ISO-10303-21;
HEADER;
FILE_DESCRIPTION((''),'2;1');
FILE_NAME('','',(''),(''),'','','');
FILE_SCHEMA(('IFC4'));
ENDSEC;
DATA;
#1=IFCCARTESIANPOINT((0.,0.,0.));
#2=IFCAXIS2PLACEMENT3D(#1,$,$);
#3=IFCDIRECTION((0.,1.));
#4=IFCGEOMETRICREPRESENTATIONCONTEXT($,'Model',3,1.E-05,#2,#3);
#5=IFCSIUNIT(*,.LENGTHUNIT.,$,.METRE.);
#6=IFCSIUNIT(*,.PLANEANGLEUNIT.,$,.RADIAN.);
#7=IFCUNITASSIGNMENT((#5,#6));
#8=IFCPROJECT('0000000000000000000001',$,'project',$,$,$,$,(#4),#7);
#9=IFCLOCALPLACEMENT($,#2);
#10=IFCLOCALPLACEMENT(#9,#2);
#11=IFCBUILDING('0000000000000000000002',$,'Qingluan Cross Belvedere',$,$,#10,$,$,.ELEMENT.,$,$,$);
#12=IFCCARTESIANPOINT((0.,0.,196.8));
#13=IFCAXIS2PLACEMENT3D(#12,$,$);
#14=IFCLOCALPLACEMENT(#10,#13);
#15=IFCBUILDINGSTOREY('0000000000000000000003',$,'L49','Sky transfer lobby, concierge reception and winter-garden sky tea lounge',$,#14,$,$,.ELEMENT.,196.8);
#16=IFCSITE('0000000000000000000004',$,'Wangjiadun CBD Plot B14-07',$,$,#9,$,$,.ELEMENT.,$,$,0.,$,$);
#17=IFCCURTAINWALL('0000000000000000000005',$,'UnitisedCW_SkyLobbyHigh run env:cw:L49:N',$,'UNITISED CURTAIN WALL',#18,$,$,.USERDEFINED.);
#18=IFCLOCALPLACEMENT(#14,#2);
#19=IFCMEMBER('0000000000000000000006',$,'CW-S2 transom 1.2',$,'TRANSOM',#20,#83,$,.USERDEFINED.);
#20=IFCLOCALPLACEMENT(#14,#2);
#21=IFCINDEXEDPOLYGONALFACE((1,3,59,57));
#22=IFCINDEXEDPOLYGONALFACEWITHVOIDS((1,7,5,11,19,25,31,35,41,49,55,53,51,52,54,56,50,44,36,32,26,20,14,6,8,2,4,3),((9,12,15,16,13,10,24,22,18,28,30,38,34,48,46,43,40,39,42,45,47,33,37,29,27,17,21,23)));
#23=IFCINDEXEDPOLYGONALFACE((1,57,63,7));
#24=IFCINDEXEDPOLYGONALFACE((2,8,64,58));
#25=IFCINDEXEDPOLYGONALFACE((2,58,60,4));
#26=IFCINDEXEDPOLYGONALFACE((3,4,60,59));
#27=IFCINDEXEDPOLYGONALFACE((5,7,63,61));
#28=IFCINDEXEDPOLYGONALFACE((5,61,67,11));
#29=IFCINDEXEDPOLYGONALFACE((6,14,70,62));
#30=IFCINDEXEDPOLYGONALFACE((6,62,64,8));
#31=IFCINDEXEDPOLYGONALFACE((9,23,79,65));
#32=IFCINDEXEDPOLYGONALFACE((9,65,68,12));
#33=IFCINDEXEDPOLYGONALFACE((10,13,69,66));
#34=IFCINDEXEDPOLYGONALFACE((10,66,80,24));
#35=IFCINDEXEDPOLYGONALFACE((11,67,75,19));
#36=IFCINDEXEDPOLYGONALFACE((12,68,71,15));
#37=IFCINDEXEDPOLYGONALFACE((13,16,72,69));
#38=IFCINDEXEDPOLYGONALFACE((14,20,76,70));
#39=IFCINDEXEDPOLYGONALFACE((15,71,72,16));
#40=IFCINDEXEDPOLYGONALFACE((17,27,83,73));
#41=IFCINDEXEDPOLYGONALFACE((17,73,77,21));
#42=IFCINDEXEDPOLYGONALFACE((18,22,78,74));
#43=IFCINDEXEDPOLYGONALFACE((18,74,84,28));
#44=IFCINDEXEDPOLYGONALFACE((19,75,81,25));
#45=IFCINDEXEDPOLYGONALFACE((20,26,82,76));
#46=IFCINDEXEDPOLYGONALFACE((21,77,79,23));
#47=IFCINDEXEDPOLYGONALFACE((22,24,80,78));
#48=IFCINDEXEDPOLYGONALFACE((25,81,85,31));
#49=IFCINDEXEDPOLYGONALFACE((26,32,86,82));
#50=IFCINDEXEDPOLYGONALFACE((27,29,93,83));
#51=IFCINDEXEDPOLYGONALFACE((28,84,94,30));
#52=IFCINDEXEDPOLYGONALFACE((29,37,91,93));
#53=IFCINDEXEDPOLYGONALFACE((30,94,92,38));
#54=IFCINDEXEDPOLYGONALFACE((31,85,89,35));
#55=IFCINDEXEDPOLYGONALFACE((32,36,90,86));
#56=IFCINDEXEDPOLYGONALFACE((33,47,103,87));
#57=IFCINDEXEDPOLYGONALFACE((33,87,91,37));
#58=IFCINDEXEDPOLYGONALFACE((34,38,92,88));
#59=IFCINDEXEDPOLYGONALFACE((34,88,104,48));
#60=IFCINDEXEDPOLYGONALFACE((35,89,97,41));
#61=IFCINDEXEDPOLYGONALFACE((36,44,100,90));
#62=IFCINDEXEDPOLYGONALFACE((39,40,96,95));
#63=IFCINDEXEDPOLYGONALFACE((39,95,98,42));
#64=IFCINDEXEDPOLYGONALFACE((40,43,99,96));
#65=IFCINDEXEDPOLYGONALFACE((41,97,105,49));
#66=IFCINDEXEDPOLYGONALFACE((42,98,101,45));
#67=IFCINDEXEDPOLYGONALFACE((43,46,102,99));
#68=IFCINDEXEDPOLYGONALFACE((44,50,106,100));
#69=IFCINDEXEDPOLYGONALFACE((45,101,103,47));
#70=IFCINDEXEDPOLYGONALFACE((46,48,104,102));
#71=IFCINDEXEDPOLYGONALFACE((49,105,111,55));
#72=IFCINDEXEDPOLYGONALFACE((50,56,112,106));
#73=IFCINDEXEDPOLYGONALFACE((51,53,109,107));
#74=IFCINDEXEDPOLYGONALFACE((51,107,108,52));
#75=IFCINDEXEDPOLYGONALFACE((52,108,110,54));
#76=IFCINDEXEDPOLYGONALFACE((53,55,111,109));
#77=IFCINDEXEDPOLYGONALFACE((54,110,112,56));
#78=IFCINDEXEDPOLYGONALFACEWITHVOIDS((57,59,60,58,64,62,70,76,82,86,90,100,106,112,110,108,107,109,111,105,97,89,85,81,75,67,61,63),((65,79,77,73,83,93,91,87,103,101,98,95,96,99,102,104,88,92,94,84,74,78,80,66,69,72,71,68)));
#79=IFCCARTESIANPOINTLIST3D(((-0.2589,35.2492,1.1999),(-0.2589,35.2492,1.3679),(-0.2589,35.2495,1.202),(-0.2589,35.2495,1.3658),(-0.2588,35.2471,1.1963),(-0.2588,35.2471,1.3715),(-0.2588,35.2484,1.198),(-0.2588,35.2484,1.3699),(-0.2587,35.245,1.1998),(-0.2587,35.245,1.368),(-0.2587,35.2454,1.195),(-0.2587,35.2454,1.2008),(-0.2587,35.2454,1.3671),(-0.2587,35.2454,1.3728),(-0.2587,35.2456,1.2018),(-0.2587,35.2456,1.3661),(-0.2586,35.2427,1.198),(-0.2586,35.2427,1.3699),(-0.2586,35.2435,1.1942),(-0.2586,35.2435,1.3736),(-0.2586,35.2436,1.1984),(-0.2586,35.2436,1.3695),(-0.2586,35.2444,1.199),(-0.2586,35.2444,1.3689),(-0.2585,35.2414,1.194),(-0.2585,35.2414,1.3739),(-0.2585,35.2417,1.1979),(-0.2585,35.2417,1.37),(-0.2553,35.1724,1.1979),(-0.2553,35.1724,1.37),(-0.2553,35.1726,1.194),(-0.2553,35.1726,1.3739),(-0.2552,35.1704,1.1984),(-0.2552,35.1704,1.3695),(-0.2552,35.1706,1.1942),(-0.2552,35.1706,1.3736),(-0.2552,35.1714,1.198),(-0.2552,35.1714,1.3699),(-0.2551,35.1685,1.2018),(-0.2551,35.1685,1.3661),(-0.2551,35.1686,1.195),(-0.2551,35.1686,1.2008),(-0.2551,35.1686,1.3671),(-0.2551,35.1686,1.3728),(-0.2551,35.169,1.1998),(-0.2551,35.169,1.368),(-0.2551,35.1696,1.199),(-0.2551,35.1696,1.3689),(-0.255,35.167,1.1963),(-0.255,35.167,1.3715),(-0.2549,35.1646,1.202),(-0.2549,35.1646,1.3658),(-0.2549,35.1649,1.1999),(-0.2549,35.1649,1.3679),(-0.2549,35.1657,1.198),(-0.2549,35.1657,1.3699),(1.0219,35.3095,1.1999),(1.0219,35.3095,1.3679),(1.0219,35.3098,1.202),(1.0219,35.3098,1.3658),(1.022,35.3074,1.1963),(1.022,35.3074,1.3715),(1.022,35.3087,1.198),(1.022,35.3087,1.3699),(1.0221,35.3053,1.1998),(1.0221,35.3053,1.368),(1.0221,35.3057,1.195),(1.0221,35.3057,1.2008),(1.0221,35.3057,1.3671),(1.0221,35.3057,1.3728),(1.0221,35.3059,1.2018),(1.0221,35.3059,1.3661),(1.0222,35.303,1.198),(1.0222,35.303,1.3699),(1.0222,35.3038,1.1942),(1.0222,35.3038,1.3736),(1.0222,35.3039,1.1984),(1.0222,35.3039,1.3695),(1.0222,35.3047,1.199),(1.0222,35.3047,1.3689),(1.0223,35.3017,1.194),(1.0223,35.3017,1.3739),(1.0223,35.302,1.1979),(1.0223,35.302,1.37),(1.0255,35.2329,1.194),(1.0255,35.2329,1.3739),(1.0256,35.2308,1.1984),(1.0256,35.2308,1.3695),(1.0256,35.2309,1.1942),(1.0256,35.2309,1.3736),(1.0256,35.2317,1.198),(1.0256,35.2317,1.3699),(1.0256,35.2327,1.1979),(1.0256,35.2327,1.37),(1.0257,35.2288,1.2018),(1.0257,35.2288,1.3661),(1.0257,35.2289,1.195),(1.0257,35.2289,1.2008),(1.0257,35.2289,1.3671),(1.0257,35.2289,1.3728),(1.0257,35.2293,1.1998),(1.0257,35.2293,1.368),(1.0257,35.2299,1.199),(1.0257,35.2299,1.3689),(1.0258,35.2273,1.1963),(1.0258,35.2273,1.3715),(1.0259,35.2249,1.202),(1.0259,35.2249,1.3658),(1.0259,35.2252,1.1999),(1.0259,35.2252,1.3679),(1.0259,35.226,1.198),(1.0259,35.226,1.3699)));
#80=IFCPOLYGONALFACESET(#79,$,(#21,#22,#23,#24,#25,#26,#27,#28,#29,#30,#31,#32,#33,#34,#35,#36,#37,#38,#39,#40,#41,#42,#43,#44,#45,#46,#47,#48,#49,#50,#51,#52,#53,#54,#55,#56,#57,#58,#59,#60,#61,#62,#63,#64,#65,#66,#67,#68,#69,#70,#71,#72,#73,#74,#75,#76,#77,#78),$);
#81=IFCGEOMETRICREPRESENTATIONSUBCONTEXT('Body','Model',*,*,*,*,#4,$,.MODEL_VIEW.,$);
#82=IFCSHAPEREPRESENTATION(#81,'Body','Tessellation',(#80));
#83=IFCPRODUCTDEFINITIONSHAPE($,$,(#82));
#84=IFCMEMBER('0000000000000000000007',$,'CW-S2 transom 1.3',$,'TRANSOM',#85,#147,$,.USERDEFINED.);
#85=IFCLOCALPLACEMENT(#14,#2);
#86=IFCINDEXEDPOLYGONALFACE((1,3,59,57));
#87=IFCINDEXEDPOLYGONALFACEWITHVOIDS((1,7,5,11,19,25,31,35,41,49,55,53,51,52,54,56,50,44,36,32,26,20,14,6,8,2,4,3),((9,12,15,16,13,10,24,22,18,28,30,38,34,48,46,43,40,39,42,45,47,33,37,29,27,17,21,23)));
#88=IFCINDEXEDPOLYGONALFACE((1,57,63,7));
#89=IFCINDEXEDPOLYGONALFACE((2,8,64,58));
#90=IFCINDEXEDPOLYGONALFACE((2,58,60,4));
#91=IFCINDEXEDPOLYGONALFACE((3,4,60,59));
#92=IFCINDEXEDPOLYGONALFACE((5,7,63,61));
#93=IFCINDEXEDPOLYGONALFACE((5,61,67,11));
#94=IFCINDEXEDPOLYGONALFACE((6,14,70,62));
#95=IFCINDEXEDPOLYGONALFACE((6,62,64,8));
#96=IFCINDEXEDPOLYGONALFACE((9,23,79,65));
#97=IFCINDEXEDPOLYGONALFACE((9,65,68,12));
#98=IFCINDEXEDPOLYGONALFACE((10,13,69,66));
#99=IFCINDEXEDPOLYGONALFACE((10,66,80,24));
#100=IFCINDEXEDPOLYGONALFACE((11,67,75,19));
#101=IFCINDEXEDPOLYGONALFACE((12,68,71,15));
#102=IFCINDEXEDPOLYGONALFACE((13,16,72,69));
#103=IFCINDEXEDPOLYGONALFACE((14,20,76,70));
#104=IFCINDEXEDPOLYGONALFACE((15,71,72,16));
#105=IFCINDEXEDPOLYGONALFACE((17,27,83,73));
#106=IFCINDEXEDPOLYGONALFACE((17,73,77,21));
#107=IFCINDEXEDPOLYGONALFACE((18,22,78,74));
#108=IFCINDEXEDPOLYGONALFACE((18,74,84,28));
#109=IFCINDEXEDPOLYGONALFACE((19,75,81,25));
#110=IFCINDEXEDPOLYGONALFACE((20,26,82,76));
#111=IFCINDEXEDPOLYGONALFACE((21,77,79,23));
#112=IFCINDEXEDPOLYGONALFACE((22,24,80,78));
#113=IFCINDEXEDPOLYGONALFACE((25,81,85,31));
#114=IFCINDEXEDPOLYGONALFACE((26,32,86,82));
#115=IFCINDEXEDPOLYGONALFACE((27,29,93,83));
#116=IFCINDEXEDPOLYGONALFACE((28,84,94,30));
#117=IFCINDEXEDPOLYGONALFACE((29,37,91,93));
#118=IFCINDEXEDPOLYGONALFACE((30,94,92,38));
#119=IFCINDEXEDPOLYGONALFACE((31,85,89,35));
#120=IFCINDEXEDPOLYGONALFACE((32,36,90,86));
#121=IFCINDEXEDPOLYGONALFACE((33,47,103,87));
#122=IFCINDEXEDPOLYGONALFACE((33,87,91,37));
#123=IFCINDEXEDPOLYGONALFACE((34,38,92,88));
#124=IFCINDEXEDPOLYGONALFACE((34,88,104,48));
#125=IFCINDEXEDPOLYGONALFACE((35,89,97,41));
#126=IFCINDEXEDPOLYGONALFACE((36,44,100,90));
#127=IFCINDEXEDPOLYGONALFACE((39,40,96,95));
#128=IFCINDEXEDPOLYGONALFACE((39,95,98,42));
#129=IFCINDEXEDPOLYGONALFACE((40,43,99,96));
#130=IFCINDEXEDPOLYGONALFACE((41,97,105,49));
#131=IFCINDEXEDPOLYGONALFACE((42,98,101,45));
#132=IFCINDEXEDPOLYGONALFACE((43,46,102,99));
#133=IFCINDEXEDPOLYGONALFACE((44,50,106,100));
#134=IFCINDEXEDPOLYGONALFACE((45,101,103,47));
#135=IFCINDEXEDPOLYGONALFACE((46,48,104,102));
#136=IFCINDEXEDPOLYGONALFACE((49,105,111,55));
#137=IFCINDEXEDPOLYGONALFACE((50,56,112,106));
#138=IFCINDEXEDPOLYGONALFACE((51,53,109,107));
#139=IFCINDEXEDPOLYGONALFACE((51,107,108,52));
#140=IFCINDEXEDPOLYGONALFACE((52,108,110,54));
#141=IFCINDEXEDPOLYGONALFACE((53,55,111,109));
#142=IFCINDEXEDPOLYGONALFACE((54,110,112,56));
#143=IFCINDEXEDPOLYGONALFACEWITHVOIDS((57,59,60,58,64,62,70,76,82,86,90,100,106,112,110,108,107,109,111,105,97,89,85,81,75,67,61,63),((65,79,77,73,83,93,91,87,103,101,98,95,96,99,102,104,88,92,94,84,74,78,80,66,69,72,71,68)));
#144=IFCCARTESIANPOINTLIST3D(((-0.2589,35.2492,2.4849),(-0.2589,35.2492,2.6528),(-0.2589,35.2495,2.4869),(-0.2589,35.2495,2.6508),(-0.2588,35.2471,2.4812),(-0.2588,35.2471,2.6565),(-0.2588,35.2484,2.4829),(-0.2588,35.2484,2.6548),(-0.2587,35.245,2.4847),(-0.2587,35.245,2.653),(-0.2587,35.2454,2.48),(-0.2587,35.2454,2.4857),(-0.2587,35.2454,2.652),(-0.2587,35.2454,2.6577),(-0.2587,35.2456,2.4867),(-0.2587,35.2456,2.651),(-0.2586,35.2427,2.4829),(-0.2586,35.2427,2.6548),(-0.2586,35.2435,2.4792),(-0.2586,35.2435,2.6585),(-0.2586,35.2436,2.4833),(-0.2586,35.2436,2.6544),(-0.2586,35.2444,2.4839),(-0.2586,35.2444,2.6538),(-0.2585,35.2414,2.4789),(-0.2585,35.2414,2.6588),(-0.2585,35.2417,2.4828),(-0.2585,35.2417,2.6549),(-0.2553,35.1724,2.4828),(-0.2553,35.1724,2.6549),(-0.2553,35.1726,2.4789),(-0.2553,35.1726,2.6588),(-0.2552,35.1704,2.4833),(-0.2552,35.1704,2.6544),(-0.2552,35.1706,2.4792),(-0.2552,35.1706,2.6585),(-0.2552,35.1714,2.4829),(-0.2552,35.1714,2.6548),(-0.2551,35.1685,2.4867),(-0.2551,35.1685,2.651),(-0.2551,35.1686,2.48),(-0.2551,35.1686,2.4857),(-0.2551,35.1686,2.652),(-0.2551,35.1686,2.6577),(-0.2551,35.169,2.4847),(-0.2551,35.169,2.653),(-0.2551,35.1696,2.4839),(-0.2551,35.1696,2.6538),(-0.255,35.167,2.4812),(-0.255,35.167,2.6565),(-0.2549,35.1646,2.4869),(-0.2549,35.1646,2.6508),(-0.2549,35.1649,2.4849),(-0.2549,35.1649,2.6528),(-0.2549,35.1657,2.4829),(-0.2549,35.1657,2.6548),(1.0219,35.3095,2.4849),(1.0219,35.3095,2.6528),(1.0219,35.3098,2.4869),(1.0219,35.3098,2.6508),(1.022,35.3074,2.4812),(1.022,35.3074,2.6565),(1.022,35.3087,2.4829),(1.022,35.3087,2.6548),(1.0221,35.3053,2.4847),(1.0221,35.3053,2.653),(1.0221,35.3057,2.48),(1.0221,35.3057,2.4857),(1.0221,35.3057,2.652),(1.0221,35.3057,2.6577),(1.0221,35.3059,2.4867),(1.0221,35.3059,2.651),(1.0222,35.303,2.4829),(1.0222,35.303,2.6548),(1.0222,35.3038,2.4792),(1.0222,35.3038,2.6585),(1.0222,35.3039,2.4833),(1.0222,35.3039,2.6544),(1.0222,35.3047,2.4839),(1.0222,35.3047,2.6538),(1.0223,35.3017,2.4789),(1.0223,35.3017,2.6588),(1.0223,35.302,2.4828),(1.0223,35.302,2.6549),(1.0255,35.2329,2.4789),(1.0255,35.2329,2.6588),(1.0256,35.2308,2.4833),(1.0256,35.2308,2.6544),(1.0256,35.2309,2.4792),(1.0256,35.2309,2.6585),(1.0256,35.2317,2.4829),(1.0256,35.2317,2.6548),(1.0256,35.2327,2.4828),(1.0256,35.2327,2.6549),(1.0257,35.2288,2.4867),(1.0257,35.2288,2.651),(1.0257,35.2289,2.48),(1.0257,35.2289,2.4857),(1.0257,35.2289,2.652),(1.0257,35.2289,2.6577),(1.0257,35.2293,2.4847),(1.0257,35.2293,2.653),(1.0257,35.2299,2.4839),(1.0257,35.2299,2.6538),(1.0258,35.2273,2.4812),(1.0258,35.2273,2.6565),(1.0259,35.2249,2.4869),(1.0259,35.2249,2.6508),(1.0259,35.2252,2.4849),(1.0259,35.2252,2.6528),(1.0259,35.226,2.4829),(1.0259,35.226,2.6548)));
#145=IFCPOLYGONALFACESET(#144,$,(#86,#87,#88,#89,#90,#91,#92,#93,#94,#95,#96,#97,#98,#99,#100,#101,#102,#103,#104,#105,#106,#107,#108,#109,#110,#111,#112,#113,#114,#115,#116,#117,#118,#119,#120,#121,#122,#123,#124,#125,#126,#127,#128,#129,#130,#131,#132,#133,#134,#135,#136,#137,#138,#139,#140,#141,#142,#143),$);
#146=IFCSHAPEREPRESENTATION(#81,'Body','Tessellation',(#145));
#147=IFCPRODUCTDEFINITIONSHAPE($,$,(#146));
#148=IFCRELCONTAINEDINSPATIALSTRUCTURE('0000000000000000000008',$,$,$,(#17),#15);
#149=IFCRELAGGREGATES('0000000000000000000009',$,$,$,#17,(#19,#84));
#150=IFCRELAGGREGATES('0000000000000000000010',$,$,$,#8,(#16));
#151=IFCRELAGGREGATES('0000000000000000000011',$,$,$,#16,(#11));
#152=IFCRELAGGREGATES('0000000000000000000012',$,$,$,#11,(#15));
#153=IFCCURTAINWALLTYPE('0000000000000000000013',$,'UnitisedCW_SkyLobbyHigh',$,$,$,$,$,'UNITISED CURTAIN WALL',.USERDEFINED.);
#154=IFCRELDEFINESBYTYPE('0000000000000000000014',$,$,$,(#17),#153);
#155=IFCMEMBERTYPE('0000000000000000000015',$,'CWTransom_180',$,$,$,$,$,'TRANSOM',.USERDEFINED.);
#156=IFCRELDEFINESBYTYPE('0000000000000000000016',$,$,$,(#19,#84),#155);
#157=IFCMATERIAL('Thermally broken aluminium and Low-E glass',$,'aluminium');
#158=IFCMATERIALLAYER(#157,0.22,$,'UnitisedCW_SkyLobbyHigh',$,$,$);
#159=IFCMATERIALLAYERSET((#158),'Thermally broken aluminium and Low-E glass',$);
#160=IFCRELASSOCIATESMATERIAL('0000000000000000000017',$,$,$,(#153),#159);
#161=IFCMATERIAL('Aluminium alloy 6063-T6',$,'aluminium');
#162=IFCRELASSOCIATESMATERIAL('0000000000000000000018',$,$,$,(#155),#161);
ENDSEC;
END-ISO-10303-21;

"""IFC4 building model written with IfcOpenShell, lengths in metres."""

from ifc_helpers import new_model, si_unit, direction, frame, origin, origin_2d, place, context, subcontext, project, spatial, hollow_rectangle, extrude, material, layer, layer_set, material_profile, profile_set, type_object, element, aggregate, save


model = new_model("IFC4")

# Units and contexts
model_context = context("Model", 3, precision=1e-05, world=origin(), true_north=direction((0.0, 1.0)))
body_context = subcontext(model_context, "Body", "Model", "MODEL_VIEW")
ifc_project = project(units=[si_unit("LENGTHUNIT", "METRE"), si_unit("PLANEANGLEUNIT", "RADIAN")], contexts=[model_context])

# Site, building, storey
site_placement = place(None, origin())
site = spatial("IfcSite", under=ifc_project, at=site_placement, Name="Wangjiadun CBD Plot B14-07", CompositionType="ELEMENT", RefElevation=0.0)
building_placement = place(site_placement, origin())
building = spatial("IfcBuilding", under=site, at=building_placement, Name="Qingluan Cross Belvedere", CompositionType="ELEMENT")
storey_placement = place(building_placement, frame((0.0, 0.0, 196.8)))
storey = spatial("IfcBuildingStorey", under=building, at=storey_placement, Name="L49", Description="Sky transfer lobby, concierge reception and winter-garden sky tea lounge", CompositionType="ELEMENT", Elevation=196.8)

# Curtain wall, members
ifc_material_1 = material(Name="Thermally broken aluminium and Low-E glass", Category="aluminium")
ifc_layer_1 = layer(ifc_material_1, 0.22, Name="UnitisedCW_SkyLobbyHigh")
ifc_layer_set_1 = layer_set([ifc_layer_1], Name="Thermally broken aluminium and Low-E glass")
curtain_wall_type = type_object("IfcCurtainWallType", Name="UnitisedCW_SkyLobbyHigh", ElementType="UNITISED CURTAIN WALL", PredefinedType="USERDEFINED", material=ifc_layer_set_1)
curtain_wall_placement = place(storey_placement, origin())
curtain_wall = element("IfcCurtainWall", 1, at=curtain_wall_placement, inside=storey, type_object=curtain_wall_type, Name="UnitisedCW_SkyLobbyHigh run env:cw:L49:N", ObjectType="UNITISED CURTAIN WALL", PredefinedType="USERDEFINED")
ifc_material_2 = material(Name="Aluminium alloy 6063-T6", Category="aluminium")
ifc_material_profile_1 = material_profile(ifc_material_2, hollow_rectangle(XDim=0.085, YDim=0.1799, WallThickness=0.0039, InnerFilletRadius=0.0039, OuterFilletRadius=0.0081, at=origin_2d()), Name="CWT180x85x4")
ifc_profile_set_1 = profile_set([ifc_material_profile_1], Name="Aluminium alloy 6063-T6")
member_type_1 = type_object("IfcMemberType", Name="CWTransom_180", ElementType="TRANSOM", PredefinedType="USERDEFINED", material=ifc_profile_set_1)
member_1_placement = place(storey_placement, frame((1.0239, 35.2673, 1.2839), z_axis=(-0.998893, -0.047031, 0.0), x_axis=(0.047031, -0.998893, 0.0)))
member_1 = element("IfcMember", 2, at=member_1_placement, type_object=member_type_1, Name="CW-S2 transom 1.2", ObjectType="TRANSOM", PredefinedType="USERDEFINED", context=body_context, shape_type="SweptSolid", body=[
    extrude(hollow_rectangle(XDim=0.085, YDim=0.1799, WallThickness=0.0039, InnerFilletRadius=0.0039, OuterFilletRadius=0.0081, at=origin_2d()), origin(), (0.0, 0.0, 1.0), 1.2822),
])
member_2_placement = place(storey_placement, frame((1.0239, 35.2673, 2.5688), z_axis=(-0.998893, -0.047031, 0.0), x_axis=(0.047031, -0.998893, 0.0)))
member_2 = element("IfcMember", 3, at=member_2_placement, type_object=member_type_1, Name="CW-S2 transom 1.3", ObjectType="TRANSOM", PredefinedType="USERDEFINED", context=body_context, shape_type="SweptSolid", body=[
    extrude(hollow_rectangle(XDim=0.085, YDim=0.1799, WallThickness=0.0039, InnerFilletRadius=0.0039, OuterFilletRadius=0.0081, at=origin_2d()), origin(), (0.0, 0.0, 1.0), 1.2822),
])
aggregate(curtain_wall, [member_1, member_2])

save(model, "model.ifc")
